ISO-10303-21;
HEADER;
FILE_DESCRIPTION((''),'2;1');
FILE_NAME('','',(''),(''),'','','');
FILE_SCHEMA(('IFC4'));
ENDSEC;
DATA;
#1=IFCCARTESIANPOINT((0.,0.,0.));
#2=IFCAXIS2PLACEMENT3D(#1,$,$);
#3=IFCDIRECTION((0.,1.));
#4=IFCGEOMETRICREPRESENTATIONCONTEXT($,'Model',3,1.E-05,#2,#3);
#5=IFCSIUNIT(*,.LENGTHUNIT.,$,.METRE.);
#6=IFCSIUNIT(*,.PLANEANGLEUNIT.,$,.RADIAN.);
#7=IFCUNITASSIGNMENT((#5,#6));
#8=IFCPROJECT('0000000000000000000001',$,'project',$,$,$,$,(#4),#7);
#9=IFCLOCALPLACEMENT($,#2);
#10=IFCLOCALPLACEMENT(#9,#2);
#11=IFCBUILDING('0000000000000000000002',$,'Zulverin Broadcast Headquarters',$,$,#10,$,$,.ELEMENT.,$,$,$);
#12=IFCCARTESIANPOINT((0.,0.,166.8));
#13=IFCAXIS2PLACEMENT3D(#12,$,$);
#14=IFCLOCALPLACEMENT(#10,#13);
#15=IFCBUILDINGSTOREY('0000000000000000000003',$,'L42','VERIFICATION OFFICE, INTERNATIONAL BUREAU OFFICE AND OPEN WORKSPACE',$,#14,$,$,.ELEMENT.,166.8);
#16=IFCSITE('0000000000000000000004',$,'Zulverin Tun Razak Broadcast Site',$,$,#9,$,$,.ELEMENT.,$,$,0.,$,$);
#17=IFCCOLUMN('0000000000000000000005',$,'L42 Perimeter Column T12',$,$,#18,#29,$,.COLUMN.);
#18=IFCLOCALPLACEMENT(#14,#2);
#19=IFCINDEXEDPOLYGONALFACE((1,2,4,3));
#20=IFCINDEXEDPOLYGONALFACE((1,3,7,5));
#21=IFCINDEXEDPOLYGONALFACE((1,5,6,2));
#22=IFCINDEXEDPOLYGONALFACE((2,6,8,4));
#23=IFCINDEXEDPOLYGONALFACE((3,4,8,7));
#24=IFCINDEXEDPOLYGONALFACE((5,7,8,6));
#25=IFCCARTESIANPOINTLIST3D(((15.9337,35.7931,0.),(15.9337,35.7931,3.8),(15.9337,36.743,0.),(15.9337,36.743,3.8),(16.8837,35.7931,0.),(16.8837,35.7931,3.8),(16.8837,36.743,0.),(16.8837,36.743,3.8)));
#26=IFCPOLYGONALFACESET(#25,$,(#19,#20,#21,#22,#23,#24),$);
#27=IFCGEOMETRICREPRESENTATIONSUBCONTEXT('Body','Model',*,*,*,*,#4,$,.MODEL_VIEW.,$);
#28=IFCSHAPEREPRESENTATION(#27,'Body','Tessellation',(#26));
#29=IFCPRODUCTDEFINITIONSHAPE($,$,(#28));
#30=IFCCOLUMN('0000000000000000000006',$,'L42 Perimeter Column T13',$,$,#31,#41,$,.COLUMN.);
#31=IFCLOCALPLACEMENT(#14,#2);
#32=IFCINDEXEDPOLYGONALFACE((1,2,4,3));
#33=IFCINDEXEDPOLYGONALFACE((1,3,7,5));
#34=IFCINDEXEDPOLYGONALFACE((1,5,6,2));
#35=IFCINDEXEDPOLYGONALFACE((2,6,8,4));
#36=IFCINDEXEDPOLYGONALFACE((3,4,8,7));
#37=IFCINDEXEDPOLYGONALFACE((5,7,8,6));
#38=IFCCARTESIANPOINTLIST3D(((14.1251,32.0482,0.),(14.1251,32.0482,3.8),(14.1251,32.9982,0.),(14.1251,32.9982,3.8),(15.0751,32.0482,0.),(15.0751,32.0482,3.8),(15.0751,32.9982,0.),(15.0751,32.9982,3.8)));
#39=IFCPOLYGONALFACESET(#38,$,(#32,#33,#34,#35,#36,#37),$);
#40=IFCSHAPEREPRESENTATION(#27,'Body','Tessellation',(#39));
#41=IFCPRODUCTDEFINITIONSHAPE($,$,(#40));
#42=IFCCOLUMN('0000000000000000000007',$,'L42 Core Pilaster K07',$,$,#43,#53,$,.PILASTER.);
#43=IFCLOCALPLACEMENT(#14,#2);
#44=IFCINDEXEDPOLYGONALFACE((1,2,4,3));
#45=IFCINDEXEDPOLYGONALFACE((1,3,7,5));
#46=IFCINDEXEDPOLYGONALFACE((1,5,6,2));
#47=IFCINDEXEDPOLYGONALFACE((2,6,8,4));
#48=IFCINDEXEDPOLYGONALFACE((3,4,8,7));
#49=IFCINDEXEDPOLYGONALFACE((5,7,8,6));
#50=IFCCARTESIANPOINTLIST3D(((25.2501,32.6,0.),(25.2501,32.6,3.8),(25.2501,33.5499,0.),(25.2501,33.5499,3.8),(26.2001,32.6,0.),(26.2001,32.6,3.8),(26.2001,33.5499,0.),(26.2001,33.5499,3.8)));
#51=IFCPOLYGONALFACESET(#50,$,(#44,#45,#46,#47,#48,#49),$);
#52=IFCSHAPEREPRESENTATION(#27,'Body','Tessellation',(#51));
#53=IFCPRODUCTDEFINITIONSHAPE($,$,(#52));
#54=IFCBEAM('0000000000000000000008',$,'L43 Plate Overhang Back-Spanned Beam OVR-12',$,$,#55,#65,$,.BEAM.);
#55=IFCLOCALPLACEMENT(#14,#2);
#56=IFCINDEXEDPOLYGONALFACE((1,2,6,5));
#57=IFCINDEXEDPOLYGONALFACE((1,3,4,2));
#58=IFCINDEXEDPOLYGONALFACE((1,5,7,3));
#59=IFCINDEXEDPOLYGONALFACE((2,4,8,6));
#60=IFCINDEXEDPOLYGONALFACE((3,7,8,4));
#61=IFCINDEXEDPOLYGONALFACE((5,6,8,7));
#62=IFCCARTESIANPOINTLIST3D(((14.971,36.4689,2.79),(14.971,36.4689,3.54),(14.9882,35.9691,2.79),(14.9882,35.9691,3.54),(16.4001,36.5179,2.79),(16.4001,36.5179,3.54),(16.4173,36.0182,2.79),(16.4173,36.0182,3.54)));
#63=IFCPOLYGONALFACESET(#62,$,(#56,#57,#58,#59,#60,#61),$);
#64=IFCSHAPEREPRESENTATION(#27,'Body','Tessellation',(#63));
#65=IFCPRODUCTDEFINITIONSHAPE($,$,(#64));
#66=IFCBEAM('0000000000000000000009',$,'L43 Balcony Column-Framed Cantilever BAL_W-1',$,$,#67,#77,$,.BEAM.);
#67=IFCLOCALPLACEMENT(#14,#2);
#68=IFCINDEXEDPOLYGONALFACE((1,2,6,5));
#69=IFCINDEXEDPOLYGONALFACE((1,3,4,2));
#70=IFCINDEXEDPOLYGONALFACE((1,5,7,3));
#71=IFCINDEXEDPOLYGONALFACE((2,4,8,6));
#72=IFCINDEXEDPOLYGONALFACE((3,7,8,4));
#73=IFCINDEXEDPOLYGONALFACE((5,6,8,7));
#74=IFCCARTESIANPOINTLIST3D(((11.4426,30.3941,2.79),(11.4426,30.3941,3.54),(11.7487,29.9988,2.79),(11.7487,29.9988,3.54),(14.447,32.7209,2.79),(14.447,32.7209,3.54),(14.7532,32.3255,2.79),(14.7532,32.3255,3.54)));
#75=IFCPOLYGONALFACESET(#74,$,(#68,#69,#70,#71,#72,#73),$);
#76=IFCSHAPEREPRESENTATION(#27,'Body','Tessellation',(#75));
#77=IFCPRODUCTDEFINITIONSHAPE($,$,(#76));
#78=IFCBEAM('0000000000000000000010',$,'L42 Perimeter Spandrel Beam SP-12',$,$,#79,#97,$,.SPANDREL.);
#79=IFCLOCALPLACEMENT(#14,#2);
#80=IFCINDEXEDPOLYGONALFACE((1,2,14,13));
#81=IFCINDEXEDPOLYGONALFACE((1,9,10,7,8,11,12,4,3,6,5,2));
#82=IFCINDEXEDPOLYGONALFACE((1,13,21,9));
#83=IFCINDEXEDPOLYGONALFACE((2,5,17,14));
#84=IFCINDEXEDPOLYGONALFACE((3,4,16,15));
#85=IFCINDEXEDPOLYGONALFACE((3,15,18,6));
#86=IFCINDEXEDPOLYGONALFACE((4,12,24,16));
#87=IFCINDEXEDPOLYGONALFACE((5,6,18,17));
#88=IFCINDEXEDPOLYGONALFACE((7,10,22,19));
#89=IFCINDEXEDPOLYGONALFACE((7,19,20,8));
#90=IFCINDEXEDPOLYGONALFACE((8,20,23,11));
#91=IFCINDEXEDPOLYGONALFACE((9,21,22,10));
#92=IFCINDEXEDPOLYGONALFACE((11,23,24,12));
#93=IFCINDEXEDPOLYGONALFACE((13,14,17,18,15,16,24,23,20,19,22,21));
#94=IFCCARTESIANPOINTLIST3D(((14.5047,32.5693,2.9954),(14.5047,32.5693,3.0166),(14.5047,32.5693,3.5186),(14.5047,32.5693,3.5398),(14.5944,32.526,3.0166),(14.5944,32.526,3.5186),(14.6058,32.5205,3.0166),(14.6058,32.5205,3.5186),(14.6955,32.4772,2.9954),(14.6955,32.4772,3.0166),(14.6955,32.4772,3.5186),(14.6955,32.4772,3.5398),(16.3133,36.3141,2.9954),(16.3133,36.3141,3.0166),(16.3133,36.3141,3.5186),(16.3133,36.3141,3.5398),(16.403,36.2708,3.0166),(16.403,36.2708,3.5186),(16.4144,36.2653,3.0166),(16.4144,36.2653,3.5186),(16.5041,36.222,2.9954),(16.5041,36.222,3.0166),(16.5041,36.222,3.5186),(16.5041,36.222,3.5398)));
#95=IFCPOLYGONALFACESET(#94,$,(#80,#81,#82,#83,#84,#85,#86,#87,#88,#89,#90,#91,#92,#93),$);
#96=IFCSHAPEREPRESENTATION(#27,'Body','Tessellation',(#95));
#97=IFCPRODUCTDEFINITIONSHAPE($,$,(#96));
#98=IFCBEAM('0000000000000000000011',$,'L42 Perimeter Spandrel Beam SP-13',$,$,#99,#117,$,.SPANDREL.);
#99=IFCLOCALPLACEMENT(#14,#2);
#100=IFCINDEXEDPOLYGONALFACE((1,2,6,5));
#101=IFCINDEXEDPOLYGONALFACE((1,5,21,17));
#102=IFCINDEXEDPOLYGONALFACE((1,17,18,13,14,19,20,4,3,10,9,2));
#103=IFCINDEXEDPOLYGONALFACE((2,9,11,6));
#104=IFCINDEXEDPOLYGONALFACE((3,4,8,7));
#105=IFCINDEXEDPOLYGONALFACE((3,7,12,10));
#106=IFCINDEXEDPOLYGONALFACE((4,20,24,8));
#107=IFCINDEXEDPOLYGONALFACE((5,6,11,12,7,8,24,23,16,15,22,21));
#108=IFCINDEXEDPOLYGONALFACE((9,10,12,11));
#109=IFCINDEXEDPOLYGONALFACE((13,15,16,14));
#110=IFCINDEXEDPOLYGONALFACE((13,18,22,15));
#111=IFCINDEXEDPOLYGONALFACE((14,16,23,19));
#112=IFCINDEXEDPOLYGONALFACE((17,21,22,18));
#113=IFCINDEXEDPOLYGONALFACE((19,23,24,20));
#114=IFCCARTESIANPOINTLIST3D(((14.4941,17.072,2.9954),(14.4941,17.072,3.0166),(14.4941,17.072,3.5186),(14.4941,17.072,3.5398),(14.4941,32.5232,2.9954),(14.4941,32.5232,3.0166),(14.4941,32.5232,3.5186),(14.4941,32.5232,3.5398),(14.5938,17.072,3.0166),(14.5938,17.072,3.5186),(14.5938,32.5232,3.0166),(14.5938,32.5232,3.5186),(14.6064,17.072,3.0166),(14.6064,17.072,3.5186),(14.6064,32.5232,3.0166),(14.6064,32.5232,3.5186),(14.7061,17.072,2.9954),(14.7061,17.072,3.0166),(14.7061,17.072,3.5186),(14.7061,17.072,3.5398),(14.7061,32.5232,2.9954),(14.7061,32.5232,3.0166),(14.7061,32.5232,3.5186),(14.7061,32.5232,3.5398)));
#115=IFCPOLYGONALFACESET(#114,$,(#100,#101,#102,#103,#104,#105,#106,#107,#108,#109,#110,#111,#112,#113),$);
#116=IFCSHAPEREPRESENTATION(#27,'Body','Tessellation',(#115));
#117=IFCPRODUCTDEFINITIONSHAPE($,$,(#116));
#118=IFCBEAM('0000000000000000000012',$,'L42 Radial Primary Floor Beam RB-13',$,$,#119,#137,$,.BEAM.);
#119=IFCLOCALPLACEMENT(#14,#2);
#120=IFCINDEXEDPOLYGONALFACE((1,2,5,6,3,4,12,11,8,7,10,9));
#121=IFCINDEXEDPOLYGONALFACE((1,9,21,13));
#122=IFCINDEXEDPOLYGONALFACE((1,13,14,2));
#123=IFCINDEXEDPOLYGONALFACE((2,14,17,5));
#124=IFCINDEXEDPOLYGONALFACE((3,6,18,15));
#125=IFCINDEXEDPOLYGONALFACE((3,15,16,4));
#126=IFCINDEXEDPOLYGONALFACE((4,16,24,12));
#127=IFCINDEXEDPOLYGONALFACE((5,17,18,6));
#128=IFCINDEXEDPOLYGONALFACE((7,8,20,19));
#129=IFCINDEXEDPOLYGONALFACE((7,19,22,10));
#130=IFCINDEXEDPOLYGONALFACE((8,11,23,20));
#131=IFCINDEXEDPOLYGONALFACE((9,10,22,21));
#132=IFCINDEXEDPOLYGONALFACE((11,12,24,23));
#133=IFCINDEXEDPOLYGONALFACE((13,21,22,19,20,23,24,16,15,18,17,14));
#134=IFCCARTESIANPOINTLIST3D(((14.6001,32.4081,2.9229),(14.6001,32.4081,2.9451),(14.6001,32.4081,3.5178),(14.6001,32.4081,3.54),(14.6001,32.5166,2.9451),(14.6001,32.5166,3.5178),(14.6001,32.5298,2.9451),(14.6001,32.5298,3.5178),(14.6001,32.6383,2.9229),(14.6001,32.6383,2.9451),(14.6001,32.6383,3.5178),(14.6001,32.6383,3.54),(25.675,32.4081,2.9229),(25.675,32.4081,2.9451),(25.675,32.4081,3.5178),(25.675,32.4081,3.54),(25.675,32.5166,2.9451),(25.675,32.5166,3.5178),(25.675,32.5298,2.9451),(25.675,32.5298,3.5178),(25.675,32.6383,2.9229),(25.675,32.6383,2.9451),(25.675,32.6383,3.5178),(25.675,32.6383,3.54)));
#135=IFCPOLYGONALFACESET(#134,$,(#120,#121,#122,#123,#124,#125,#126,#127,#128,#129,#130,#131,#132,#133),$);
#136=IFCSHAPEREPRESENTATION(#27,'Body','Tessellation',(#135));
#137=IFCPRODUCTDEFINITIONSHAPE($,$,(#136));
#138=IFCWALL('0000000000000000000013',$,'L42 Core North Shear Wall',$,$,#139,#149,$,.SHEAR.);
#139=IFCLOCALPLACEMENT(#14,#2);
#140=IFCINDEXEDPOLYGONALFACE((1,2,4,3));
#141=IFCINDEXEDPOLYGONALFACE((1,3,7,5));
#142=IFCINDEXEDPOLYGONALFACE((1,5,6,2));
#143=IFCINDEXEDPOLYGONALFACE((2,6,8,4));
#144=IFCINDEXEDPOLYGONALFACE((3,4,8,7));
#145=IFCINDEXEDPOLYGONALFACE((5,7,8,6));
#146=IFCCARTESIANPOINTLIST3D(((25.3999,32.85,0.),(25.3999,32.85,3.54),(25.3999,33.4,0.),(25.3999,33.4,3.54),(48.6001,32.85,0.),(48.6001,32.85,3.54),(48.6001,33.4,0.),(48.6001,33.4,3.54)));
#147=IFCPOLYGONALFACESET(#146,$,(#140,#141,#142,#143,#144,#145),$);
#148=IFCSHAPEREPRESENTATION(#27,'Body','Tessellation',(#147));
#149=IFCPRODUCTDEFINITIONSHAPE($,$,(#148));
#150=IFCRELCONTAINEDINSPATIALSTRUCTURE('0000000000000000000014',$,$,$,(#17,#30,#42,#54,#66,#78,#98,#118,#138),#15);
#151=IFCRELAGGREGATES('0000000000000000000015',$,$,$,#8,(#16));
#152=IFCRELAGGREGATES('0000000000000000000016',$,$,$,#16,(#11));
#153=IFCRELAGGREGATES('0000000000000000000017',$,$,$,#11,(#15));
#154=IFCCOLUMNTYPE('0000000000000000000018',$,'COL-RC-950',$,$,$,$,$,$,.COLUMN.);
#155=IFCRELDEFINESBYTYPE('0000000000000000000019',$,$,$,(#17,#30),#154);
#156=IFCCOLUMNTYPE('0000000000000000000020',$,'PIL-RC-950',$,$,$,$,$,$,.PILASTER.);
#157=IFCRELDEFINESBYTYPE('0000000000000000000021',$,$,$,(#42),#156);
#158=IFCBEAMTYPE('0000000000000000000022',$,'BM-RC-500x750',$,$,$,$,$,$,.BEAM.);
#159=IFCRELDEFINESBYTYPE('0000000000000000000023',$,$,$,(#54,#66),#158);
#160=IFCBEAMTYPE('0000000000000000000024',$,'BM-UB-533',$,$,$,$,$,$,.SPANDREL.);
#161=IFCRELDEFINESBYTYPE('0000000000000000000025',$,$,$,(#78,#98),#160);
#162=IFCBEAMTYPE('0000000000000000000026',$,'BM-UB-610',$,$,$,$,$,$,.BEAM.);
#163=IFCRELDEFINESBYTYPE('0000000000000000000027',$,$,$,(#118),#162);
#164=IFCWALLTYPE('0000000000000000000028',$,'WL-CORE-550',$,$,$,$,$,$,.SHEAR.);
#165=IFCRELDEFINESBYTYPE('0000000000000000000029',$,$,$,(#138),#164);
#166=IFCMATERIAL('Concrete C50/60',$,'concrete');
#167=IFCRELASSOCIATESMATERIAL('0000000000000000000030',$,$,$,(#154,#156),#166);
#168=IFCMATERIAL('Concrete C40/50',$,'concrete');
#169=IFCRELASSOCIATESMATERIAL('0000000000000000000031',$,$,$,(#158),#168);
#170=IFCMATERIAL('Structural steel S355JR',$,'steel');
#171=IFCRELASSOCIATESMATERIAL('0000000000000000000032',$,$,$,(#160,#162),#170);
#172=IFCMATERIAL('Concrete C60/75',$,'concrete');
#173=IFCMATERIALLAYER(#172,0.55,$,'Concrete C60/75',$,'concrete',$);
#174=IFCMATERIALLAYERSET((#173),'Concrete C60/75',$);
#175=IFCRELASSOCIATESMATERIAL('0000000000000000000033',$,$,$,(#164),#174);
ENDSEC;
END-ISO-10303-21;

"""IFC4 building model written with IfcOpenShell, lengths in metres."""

from ifc_helpers import new_model, si_unit, direction, frame, frame_2d, origin, origin_2d, place, context, subcontext, project, spatial, rectangle, i_section, extrude, material, layer, layer_set, material_profile, profile_set, type_object, element, save


model = new_model("IFC4")

# Units and contexts
model_context = context("Model", 3, precision=1e-05, world=origin(), true_north=direction((0.0, 1.0)))
body_context = subcontext(model_context, "Body", "Model", "MODEL_VIEW")
ifc_project = project(units=[si_unit("LENGTHUNIT", "METRE"), si_unit("PLANEANGLEUNIT", "RADIAN")], contexts=[model_context])

# Site, building, storey
site_placement = place(None, origin())
site = spatial("IfcSite", under=ifc_project, at=site_placement, Name="Zulverin Tun Razak Broadcast Site", CompositionType="ELEMENT", RefElevation=0.0)
building_placement = place(site_placement, origin())
building = spatial("IfcBuilding", under=site, at=building_placement, Name="Zulverin Broadcast Headquarters", CompositionType="ELEMENT")
storey_placement = place(building_placement, frame((0.0, 0.0, 166.8)))
storey = spatial("IfcBuildingStorey", under=building, at=storey_placement, Name="L42", Description="VERIFICATION OFFICE, INTERNATIONAL BUREAU OFFICE AND OPEN WORKSPACE", CompositionType="ELEMENT", Elevation=166.8)

# Columns
ifc_material_1 = material(Name="Concrete C50/60", Category="concrete")
ifc_material_profile_1 = material_profile(ifc_material_1, rectangle(XDim=0.95, YDim=0.95, at=origin_2d()), Name="Concrete C50/60", Category="concrete")
ifc_profile_set_1 = profile_set([ifc_material_profile_1], Name="Concrete C50/60")
column_type_1 = type_object("IfcColumnType", Name="COL-RC-950", PredefinedType="COLUMN", material=ifc_profile_set_1)
for number, where, z_axis, x_axis, name in (
    (1, (16.4087, 36.2681, 0.0), (0.0, 0.0, 1.0), (1.0, 0.0, 0.0), "L42 Perimeter Column T12"),
    (2, (14.6001, 32.5232, 0.0), (0.0, 0.0, 1.0), (1.0, 0.0, 0.0), "L42 Perimeter Column T13"),
):
    element("IfcColumn", number, at=place(storey_placement, frame(where, z_axis=z_axis, x_axis=x_axis)), inside=storey, type_object=column_type_1, Name=name, PredefinedType="COLUMN", context=body_context, shape_type="SweptSolid", body=[
        extrude(rectangle(XDim=0.95, YDim=0.95, at=origin_2d()), origin(), (0.0, 0.0, 1.0), 3.8),
    ])
ifc_material_profile_2 = material_profile(ifc_material_1, rectangle(XDim=0.95, YDim=0.95, at=origin_2d()), Name="Concrete C50/60", Category="concrete")
ifc_profile_set_2 = profile_set([ifc_material_profile_2], Name="Concrete C50/60")
column_type_2 = type_object("IfcColumnType", Name="PIL-RC-950", PredefinedType="PILASTER", material=ifc_profile_set_2)
column_placement = place(storey_placement, frame((25.7251, 33.075, 0.0), z_axis=(0.0, 0.0, 1.0), x_axis=(1.0, 0.0, 0.0)))
element("IfcColumn", 3, at=column_placement, inside=storey, type_object=column_type_2, Name="L42 Core Pilaster K07", PredefinedType="PILASTER", context=body_context, shape_type="SweptSolid", body=[
    extrude(rectangle(XDim=0.95, YDim=0.95, at=origin_2d()), origin(), (0.0, 0.0, 1.0), 3.8),
])

# Beams
ifc_material_2 = material(Name="Concrete C40/50", Category="concrete")
ifc_material_profile_3 = material_profile(ifc_material_2, rectangle(XDim=0.5, YDim=0.75, at=origin_2d()), Name="Concrete C40/50", Category="concrete")
ifc_profile_set_3 = profile_set([ifc_material_profile_3], Name="Concrete C40/50")
beam_type_1 = type_object("IfcBeamType", Name="BM-RC-500x750", PredefinedType="BEAM", material=ifc_profile_set_3)
beam_1_placement = place(storey_placement, frame((16.4087, 36.2681, 3.165), z_axis=(-0.999411, -0.034315, 0.0), x_axis=(0.034315, -0.999411, 0.0)))
element("IfcBeam", 4, at=beam_1_placement, inside=storey, type_object=beam_type_1, Name="L43 Plate Overhang Back-Spanned Beam OVR-12", PredefinedType="BEAM", context=body_context, shape_type="SweptSolid", body=[
    extrude(rectangle(XDim=0.5, YDim=0.75, at=origin_2d()), origin(), (0.0, 0.0, 1.0), 1.4299),
])
beam_2_placement = place(storey_placement, frame((14.6001, 32.5232, 3.165), z_axis=(-0.790637, -0.612285, 0.0), x_axis=(0.612285, -0.790637, 0.0)))
element("IfcBeam", 5, at=beam_2_placement, inside=storey, type_object=beam_type_1, Name="L43 Balcony Column-Framed Cantilever BAL_W-1", PredefinedType="BEAM", context=body_context, shape_type="SweptSolid", body=[
    extrude(rectangle(XDim=0.5, YDim=0.75, at=origin_2d()), origin(), (0.0, 0.0, 1.0), 3.8),
])
ifc_material_3 = material(Name="Structural steel S355JR", Category="steel")
ifc_material_profile_4 = material_profile(ifc_material_3, i_section(OverallWidth=0.2119, OverallDepth=0.5444, WebThickness=0.0127, FlangeThickness=0.0212, at=origin_2d()), Name="Structural steel S355JR", Category="steel")
ifc_profile_set_4 = profile_set([ifc_material_profile_4], Name="Structural steel S355JR")
beam_type_2 = type_object("IfcBeamType", Name="BM-UB-533", PredefinedType="SPANDREL", material=ifc_profile_set_4)
beam_3_placement = place(storey_placement, frame((16.4087, 36.2681, 3.2676), z_axis=(-0.43489, -0.900483, 0.0), x_axis=(0.900483, -0.43489, 0.0)))
element("IfcBeam", 6, at=beam_3_placement, inside=storey, type_object=beam_type_2, Name="L42 Perimeter Spandrel Beam SP-12", PredefinedType="SPANDREL", context=body_context, shape_type="SweptSolid", body=[
    extrude(i_section(OverallWidth=0.2119, OverallDepth=0.5444, WebThickness=0.0127, FlangeThickness=0.0212, at=origin_2d()), origin(), (0.0, 0.0, 1.0), 4.1587),
])
beam_4_placement = place(storey_placement, frame((14.6001, 32.5232, 3.2676), z_axis=(0.0, -1.0, 0.0), x_axis=(1.0, 0.0, 0.0)))
element("IfcBeam", 7, at=beam_4_placement, inside=storey, type_object=beam_type_2, Name="L42 Perimeter Spandrel Beam SP-13", PredefinedType="SPANDREL", context=body_context, shape_type="SweptSolid", body=[
    extrude(i_section(OverallWidth=0.2119, OverallDepth=0.5444, WebThickness=0.0127, FlangeThickness=0.0212, at=origin_2d()), origin(), (0.0, 0.0, 1.0), 15.4512),
])
ifc_material_profile_5 = material_profile(ifc_material_3, i_section(OverallWidth=0.2302, OverallDepth=0.6172, WebThickness=0.0132, FlangeThickness=0.0222, at=origin_2d()), Name="Structural steel S355JR", Category="steel")
ifc_profile_set_5 = profile_set([ifc_material_profile_5], Name="Structural steel S355JR")
beam_type_3 = type_object("IfcBeamType", Name="BM-UB-610", PredefinedType="BEAM", material=ifc_profile_set_5)
beam_5_placement = place(storey_placement, frame((25.675, 32.5232, 3.2314), z_axis=(-1.0, 0.0, 0.0), x_axis=(0.0, -1.0, 0.0)))
element("IfcBeam", 8, at=beam_5_placement, inside=storey, type_object=beam_type_3, Name="L42 Radial Primary Floor Beam RB-13", PredefinedType="BEAM", context=body_context, shape_type="SweptSolid", body=[
    extrude(i_section(OverallWidth=0.2302, OverallDepth=0.6172, WebThickness=0.0132, FlangeThickness=0.0222, at=origin_2d()), origin(), (0.0, 0.0, 1.0), 11.075),
])

# Wall
ifc_material_4 = material(Name="Concrete C60/75", Category="concrete")
ifc_layer_1 = layer(ifc_material_4, 0.55, Name="Concrete C60/75", Category="concrete")
ifc_layer_set_1 = layer_set([ifc_layer_1], Name="Concrete C60/75")
wall_type_1 = type_object("IfcWallType", Name="WL-CORE-550", PredefinedType="SHEAR", material=ifc_layer_set_1)
wall_1_placement = place(storey_placement, frame((25.3999, 33.125, 0.0), z_axis=(0.0, 0.0, 1.0), x_axis=(1.0, 0.0, 0.0)))
element("IfcWall", 9, at=wall_1_placement, inside=storey, type_object=wall_type_1, Name="L42 Core North Shear Wall", PredefinedType="SHEAR", context=body_context, shape_type="SweptSolid", body=[
    extrude(rectangle(XDim=23.2002, YDim=0.55, at=frame_2d((11.6001, 0.0))), origin(), (0.0, 0.0, 1.0), 3.54),
])

save(model, "model.ifc")
